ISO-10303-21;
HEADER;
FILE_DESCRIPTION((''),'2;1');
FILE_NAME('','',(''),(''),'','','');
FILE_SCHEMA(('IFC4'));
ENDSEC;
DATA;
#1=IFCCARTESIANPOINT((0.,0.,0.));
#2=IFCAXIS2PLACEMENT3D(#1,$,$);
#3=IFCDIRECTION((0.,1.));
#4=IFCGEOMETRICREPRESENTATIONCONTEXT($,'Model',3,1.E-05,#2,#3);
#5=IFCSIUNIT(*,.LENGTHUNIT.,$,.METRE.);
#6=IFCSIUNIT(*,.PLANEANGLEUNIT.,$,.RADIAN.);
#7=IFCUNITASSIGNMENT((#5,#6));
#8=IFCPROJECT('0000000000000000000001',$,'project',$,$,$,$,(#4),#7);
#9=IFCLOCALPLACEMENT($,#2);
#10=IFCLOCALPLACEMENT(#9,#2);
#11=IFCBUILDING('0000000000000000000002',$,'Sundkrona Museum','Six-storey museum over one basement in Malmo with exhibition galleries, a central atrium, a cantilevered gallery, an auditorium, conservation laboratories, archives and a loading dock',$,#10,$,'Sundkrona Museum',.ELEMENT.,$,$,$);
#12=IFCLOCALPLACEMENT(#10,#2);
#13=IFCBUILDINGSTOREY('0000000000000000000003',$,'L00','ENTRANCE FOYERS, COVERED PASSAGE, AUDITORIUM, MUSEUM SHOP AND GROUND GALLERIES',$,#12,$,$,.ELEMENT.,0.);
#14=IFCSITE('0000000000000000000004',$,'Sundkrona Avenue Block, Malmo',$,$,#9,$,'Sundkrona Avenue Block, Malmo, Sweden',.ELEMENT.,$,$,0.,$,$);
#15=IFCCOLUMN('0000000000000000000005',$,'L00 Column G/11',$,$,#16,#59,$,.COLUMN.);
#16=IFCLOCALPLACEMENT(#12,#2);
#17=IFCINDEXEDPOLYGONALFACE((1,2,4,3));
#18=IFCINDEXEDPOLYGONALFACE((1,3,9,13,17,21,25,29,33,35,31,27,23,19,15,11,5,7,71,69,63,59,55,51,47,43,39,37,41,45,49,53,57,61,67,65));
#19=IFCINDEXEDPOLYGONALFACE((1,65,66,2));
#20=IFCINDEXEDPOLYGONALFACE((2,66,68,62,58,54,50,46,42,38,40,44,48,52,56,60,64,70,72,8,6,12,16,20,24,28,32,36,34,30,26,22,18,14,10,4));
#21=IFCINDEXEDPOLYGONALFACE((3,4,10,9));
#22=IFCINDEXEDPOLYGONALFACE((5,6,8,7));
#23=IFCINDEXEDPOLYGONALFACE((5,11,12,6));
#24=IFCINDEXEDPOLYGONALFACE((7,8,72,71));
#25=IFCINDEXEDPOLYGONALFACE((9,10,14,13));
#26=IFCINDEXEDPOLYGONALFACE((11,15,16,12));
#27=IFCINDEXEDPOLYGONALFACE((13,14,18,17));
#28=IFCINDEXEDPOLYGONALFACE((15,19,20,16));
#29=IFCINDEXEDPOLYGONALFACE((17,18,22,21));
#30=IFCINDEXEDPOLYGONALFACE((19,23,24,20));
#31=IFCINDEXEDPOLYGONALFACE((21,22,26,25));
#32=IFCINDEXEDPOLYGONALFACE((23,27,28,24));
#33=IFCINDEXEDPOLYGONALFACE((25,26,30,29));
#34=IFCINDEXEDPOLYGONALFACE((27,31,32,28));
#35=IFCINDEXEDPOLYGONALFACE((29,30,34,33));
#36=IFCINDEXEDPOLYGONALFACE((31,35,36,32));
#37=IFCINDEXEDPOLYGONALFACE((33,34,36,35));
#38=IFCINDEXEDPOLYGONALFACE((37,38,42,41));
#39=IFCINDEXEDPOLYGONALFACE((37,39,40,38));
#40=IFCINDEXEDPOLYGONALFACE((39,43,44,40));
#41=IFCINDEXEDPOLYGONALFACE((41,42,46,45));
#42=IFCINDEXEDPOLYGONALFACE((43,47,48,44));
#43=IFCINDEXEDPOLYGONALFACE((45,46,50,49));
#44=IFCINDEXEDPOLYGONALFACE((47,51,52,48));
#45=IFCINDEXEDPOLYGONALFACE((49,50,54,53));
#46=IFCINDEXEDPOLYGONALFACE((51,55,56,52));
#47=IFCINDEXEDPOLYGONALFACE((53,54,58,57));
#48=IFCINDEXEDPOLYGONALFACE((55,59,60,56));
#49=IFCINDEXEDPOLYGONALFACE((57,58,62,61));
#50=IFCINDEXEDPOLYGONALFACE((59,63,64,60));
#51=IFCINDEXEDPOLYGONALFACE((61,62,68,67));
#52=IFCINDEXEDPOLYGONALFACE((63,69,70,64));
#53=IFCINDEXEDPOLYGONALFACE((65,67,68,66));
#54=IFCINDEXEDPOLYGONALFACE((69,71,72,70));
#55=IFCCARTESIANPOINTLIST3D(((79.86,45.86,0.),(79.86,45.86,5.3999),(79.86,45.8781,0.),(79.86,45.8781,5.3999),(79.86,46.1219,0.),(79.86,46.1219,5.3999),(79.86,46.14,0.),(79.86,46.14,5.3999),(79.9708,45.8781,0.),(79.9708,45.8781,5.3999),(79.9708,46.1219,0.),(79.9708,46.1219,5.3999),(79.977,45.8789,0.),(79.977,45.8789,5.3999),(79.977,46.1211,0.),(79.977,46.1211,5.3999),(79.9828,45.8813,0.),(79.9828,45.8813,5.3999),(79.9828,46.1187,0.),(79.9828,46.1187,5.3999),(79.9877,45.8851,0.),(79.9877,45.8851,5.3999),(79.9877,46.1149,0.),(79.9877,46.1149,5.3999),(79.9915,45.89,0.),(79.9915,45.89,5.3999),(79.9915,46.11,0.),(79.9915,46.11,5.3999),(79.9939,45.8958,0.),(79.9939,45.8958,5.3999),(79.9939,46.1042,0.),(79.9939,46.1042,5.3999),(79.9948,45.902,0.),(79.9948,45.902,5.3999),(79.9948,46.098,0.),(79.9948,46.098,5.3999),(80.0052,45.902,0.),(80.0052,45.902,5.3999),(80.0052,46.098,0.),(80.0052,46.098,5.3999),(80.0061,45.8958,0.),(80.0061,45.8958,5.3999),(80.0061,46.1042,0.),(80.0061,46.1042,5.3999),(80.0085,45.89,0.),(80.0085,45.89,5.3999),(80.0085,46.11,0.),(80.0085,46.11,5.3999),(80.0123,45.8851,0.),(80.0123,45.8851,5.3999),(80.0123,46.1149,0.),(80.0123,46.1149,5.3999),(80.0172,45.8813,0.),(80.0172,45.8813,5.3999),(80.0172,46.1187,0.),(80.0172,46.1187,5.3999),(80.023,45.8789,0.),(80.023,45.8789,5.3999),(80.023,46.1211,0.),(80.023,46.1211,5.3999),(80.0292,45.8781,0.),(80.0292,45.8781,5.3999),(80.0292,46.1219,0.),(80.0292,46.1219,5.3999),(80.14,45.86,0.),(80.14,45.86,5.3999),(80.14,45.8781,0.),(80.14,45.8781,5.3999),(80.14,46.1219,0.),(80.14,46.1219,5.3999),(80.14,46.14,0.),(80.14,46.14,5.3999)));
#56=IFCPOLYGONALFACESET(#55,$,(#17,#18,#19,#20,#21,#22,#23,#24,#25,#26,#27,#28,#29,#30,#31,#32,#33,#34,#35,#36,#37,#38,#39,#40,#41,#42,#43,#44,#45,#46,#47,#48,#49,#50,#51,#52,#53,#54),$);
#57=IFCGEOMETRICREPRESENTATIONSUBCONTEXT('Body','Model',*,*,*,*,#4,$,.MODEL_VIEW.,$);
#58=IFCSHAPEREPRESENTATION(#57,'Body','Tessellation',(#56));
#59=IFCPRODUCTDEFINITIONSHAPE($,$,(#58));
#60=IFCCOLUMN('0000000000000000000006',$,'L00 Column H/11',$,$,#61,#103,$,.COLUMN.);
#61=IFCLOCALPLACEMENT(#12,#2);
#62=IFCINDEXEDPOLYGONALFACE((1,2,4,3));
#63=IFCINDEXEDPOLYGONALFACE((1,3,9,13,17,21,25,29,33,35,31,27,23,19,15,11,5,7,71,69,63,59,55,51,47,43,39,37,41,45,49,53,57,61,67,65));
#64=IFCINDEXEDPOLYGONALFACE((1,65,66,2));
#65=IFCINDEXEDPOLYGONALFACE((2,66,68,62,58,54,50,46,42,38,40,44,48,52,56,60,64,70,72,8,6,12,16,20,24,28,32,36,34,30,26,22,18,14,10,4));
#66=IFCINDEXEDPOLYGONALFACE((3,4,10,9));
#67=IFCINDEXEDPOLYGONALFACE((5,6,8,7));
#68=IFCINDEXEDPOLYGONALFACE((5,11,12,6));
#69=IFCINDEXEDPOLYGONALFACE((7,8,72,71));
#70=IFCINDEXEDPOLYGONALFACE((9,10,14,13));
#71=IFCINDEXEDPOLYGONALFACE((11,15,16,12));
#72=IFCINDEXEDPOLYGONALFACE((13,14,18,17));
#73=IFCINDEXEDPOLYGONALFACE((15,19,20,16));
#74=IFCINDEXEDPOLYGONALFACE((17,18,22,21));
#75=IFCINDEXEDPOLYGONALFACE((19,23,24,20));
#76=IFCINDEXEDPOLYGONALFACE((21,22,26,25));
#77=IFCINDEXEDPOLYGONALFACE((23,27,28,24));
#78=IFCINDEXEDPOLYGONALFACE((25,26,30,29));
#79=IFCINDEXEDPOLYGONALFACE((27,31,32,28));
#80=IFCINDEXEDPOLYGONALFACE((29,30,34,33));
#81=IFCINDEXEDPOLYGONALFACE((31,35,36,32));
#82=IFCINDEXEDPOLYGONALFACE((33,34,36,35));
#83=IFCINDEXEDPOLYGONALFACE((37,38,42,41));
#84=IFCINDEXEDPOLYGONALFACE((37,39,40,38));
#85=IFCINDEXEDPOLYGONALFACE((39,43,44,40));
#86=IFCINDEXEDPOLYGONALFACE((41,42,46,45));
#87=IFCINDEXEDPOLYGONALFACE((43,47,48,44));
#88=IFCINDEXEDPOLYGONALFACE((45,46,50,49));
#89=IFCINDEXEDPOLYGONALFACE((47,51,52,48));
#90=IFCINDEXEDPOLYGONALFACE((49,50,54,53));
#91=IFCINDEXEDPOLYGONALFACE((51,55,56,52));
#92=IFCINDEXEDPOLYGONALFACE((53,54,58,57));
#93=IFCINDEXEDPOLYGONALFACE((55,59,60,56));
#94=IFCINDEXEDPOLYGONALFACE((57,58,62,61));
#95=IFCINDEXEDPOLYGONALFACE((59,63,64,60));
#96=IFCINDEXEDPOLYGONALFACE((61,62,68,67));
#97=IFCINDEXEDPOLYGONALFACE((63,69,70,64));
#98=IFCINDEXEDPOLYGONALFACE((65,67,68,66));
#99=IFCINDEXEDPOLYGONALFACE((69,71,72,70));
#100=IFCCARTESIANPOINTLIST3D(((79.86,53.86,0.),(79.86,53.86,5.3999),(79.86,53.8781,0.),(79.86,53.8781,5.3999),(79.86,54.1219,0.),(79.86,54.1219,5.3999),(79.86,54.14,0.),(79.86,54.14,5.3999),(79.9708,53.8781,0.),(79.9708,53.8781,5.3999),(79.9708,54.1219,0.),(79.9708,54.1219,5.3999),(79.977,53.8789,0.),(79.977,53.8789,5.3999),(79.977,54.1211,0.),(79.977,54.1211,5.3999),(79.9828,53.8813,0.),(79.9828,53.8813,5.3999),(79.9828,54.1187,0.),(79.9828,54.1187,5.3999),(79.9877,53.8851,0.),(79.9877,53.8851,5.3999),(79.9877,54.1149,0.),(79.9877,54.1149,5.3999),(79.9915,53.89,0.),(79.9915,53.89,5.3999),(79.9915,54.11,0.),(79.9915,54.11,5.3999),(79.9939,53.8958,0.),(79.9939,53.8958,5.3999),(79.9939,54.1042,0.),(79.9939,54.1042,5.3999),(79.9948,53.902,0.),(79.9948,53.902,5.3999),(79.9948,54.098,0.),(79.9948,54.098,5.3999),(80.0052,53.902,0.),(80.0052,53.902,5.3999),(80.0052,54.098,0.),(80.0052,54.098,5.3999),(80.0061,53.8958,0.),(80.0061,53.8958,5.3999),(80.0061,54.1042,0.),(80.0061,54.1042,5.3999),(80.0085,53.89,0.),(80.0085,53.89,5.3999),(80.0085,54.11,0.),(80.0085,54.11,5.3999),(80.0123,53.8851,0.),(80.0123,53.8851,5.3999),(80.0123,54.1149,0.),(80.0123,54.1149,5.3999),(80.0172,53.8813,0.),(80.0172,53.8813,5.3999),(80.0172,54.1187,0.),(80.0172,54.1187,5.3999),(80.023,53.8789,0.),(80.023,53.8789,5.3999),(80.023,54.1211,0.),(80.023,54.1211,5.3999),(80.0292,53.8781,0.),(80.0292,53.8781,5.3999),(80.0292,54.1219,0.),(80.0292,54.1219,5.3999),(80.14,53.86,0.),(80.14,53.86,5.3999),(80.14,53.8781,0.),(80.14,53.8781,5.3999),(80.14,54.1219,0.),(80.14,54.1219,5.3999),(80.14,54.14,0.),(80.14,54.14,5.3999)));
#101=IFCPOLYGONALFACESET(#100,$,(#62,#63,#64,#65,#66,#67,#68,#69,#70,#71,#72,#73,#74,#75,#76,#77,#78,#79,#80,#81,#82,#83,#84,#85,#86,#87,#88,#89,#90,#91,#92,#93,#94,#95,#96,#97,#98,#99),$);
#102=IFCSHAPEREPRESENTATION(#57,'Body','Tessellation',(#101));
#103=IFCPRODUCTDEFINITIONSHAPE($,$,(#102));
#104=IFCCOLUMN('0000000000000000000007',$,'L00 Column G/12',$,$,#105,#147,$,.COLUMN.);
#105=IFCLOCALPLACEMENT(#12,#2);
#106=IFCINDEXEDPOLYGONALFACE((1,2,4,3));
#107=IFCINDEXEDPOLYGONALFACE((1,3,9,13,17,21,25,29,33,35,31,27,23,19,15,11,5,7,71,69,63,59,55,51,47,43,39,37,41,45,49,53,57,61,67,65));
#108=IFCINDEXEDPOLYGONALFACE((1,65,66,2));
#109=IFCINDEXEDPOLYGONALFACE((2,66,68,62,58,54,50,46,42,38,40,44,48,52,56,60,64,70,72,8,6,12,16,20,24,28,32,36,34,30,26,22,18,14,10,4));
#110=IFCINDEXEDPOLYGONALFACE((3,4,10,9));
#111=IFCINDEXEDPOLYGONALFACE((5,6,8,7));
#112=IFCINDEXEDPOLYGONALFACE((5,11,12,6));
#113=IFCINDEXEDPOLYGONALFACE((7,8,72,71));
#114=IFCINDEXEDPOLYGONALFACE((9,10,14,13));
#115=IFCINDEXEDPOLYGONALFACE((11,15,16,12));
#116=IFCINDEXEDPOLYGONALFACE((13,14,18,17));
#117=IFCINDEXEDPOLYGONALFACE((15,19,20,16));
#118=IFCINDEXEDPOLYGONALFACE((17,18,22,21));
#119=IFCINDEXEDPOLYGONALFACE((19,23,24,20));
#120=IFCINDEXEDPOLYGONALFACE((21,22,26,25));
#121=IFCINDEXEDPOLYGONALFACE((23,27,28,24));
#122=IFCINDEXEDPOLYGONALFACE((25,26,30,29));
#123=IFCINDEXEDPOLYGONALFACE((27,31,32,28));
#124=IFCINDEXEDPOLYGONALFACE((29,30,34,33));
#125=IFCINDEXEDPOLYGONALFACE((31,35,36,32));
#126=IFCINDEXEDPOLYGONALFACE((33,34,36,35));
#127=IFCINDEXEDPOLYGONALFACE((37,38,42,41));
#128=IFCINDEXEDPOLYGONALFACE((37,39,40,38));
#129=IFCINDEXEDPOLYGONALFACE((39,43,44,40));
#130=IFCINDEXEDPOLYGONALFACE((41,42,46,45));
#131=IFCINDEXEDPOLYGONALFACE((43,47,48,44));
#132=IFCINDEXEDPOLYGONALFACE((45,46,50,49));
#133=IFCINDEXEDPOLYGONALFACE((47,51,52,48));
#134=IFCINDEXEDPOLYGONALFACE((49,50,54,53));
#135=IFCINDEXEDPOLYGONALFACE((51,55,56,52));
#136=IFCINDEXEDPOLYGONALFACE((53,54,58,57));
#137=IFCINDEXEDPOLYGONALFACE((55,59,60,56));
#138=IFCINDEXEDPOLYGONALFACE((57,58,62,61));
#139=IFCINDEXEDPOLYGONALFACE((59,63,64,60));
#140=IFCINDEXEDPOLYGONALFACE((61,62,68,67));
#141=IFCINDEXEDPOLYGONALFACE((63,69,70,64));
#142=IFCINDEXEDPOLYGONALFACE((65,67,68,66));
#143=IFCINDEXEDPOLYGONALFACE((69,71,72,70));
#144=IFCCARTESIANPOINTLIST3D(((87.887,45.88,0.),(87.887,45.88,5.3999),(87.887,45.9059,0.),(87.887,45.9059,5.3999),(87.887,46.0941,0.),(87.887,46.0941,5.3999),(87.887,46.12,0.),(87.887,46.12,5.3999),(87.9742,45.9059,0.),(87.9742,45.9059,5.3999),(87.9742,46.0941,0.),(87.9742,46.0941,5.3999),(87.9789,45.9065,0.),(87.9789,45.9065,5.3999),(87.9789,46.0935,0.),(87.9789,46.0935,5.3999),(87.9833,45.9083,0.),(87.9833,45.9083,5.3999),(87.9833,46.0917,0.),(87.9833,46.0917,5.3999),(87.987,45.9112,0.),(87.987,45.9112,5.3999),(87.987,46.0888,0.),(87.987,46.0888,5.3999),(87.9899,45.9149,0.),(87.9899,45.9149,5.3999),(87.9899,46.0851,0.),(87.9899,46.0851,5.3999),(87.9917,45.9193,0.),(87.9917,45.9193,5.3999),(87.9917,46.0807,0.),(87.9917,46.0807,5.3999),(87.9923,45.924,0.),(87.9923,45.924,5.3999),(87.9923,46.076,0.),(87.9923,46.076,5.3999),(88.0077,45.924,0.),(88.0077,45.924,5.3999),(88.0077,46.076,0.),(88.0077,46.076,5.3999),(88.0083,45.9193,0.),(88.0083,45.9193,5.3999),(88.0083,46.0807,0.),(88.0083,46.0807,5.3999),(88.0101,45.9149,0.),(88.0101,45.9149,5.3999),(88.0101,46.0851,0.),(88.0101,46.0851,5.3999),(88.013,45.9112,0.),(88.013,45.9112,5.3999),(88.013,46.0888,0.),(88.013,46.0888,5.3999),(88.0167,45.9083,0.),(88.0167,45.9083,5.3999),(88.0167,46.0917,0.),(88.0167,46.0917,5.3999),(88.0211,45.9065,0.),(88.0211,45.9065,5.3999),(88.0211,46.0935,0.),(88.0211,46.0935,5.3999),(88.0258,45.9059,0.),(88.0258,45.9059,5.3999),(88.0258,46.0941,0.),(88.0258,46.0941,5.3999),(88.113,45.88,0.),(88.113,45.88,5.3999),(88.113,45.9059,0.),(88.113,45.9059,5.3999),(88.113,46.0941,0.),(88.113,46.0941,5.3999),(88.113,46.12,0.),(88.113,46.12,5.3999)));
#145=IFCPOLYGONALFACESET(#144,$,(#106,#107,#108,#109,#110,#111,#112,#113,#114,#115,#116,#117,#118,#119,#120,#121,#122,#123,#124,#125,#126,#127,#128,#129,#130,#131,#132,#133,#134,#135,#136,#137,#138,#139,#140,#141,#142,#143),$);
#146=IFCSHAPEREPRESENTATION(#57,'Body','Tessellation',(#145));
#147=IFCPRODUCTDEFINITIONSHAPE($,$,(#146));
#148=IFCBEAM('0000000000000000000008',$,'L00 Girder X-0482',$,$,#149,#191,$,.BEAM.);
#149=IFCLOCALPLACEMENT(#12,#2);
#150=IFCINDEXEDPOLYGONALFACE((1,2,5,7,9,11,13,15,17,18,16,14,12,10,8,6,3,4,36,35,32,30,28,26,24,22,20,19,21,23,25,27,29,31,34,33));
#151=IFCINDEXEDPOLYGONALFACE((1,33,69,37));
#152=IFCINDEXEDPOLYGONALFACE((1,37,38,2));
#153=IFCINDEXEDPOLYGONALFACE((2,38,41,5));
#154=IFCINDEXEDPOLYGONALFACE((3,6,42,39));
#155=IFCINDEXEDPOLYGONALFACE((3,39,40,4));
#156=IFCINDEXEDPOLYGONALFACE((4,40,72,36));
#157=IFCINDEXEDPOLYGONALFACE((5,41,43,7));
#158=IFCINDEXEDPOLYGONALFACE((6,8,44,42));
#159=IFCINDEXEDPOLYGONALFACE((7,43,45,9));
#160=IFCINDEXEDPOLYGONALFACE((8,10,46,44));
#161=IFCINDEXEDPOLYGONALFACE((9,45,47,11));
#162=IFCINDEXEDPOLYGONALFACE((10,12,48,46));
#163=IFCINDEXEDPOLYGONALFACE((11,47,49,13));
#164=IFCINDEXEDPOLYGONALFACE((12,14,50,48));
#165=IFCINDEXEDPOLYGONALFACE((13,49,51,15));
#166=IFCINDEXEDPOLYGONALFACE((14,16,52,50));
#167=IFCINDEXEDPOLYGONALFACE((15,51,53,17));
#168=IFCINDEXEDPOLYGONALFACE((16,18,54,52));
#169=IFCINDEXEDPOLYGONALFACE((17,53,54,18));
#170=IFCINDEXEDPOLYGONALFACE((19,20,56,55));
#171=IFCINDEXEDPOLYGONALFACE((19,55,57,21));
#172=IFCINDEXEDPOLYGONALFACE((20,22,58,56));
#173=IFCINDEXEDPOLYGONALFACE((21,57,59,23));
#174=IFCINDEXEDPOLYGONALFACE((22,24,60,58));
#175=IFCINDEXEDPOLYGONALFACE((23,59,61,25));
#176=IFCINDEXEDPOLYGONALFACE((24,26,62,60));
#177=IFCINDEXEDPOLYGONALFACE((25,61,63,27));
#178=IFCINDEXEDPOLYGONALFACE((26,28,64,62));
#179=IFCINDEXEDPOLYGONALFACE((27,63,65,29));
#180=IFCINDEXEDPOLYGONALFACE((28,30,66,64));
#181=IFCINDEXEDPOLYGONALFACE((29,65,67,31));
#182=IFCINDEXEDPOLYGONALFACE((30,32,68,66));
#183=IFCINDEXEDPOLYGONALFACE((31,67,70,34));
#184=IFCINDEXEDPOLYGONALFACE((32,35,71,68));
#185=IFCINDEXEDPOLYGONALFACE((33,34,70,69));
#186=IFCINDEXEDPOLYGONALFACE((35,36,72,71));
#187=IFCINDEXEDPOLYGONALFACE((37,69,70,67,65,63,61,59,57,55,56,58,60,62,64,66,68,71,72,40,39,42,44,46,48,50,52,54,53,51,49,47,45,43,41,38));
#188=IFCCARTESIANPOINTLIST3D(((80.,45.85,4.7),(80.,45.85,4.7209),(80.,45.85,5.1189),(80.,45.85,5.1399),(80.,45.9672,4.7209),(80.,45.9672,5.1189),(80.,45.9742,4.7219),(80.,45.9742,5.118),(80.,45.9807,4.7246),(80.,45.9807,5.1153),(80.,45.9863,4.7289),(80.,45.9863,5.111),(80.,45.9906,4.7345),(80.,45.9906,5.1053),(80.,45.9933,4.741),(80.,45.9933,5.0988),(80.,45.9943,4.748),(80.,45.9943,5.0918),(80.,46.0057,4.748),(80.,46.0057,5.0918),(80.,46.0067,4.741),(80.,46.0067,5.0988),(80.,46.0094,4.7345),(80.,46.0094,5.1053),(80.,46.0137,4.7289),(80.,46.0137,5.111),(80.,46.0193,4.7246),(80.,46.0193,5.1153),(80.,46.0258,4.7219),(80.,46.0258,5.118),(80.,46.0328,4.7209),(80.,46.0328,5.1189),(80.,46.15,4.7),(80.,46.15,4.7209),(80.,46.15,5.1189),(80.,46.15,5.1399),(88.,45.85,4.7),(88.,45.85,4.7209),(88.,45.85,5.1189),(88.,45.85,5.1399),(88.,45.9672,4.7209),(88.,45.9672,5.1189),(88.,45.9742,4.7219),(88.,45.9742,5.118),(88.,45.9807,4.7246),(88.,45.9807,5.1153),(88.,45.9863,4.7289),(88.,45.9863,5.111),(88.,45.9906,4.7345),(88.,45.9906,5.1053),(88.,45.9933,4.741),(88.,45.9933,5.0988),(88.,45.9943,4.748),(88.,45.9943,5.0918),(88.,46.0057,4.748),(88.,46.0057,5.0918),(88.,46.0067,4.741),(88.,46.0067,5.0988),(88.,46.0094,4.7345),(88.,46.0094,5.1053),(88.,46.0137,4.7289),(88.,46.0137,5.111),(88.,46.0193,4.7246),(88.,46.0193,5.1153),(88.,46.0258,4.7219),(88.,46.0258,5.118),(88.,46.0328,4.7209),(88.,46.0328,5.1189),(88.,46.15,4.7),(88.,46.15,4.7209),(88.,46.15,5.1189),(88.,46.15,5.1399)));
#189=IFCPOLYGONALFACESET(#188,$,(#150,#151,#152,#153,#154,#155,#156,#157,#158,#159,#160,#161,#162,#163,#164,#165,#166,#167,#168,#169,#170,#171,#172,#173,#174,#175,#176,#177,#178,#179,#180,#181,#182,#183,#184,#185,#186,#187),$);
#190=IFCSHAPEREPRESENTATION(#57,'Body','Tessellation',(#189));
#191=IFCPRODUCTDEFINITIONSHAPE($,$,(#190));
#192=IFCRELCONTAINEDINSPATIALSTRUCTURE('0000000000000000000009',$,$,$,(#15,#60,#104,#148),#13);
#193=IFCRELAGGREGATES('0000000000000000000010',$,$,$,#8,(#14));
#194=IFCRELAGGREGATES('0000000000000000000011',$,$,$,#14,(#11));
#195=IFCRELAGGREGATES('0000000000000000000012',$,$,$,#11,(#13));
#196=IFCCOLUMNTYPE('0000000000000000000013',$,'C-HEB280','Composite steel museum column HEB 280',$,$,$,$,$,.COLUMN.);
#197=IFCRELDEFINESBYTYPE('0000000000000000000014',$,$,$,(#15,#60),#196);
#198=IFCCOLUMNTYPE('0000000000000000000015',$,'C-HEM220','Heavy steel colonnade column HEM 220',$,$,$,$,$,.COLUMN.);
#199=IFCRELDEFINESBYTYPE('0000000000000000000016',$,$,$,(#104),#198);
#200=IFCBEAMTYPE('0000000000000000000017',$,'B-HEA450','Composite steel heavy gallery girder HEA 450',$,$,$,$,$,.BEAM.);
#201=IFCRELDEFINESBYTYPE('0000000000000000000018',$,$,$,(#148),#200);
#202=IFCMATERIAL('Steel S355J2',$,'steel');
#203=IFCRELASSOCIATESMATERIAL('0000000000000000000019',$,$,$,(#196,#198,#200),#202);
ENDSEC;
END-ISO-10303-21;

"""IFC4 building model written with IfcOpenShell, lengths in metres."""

from ifc_helpers import new_model, si_unit, direction, frame, origin, origin_2d, place, context, subcontext, project, spatial, i_section, extrude, material, material_profile, profile_set, type_object, element, save


model = new_model("IFC4")

# Units and contexts
model_context = context("Model", 3, precision=1e-05, world=origin(), true_north=direction((0.0, 1.0)))
body_context = subcontext(model_context, "Body", "Model", "MODEL_VIEW")
ifc_project = project(units=[si_unit("LENGTHUNIT", "METRE"), si_unit("PLANEANGLEUNIT", "RADIAN")], contexts=[model_context])

# Site, building, storey
site_placement = place(None, origin())
site = spatial("IfcSite", under=ifc_project, at=site_placement, Name="Sundkrona Avenue Block, Malmo", LongName="Sundkrona Avenue Block, Malmo, Sweden", CompositionType="ELEMENT", RefElevation=0.0)
building_placement = place(site_placement, origin())
building = spatial("IfcBuilding", under=site, at=building_placement, Name="Sundkrona Museum", Description="Six-storey museum over one basement in Malmo with exhibition galleries, a central atrium, a cantilevered gallery, an auditorium, conservation laboratories, archives and a loading dock", LongName="Sundkrona Museum", CompositionType="ELEMENT")
storey_placement = place(building_placement, origin())
storey = spatial("IfcBuildingStorey", under=building, at=storey_placement, Name="L00", Description="ENTRANCE FOYERS, COVERED PASSAGE, AUDITORIUM, MUSEUM SHOP AND GROUND GALLERIES", CompositionType="ELEMENT", Elevation=0.0)

# Columns
ifc_material_1 = material(Name="Steel S355J2", Category="steel")
ifc_material_profile_1 = material_profile(ifc_material_1, i_section(OverallWidth=0.28, OverallDepth=0.28, WebThickness=0.0105, FlangeThickness=0.0181, FilletRadius=0.0239, at=origin_2d()), Name="HEB 280")
ifc_profile_set_1 = profile_set([ifc_material_profile_1], Name="Steel S355J2")
column_type_1 = type_object("IfcColumnType", Name="C-HEB280", Description="Composite steel museum column HEB 280", PredefinedType="COLUMN", material=ifc_profile_set_1)
for number, where, z_axis, x_axis, name in (
    (1, (80.0, 46.0, 0.0), (0.0, 0.0, 1.0), (1.0, 0.0, 0.0), "L00 Column G/11"),
    (2, (80.0, 54.0, 0.0), (0.0, 0.0, 1.0), (1.0, 0.0, 0.0), "L00 Column H/11"),
):
    element("IfcColumn", number, at=place(storey_placement, frame(where, z_axis=z_axis, x_axis=x_axis)), inside=storey, type_object=column_type_1, Name=name, PredefinedType="COLUMN", context=body_context, shape_type="SweptSolid", body=[
        extrude(i_section(OverallWidth=0.28, OverallDepth=0.28, WebThickness=0.0105, FlangeThickness=0.0181, FilletRadius=0.0239, at=origin_2d()), origin(), (0.0, 0.0, 1.0), 5.3999),
    ])
ifc_material_profile_2 = material_profile(ifc_material_1, i_section(OverallWidth=0.2261, OverallDepth=0.24, WebThickness=0.0154, FlangeThickness=0.0259, FilletRadius=0.0181, at=origin_2d()), Name="HEM 220")
ifc_profile_set_2 = profile_set([ifc_material_profile_2], Name="Steel S355J2")
column_type_2 = type_object("IfcColumnType", Name="C-HEM220", Description="Heavy steel colonnade column HEM 220", PredefinedType="COLUMN", material=ifc_profile_set_2)
column_placement = place(storey_placement, frame((88.0, 46.0, 0.0), z_axis=(0.0, 0.0, 1.0), x_axis=(1.0, 0.0, 0.0)))
element("IfcColumn", 3, at=column_placement, inside=storey, type_object=column_type_2, Name="L00 Column G/12", PredefinedType="COLUMN", context=body_context, shape_type="SweptSolid", body=[
    extrude(i_section(OverallWidth=0.2261, OverallDepth=0.24, WebThickness=0.0154, FlangeThickness=0.0259, FilletRadius=0.0181, at=origin_2d()), origin(), (0.0, 0.0, 1.0), 5.3999),
])

# Beam
ifc_material_profile_3 = material_profile(ifc_material_1, i_section(OverallWidth=0.3, OverallDepth=0.4399, WebThickness=0.0115, FlangeThickness=0.021, FilletRadius=0.0271, at=origin_2d()), Name="HEA 450")
ifc_profile_set_3 = profile_set([ifc_material_profile_3], Name="Steel S355J2")
beam_type_1 = type_object("IfcBeamType", Name="B-HEA450", Description="Composite steel heavy gallery girder HEA 450", PredefinedType="BEAM", material=ifc_profile_set_3)
for number, where, z_axis, x_axis, name in (
    (4, (80.0, 46.0, 4.9199), (1.0, 0.0, 0.0), (0.0, 1.0, 0.0), "L00 Girder X-0482"),
):
    element("IfcBeam", number, at=place(storey_placement, frame(where, z_axis=z_axis, x_axis=x_axis)), inside=storey, type_object=beam_type_1, Name=name, PredefinedType="BEAM", context=body_context, shape_type="SweptSolid", body=[
        extrude(i_section(OverallWidth=0.3, OverallDepth=0.4399, WebThickness=0.0115, FlangeThickness=0.021, FilletRadius=0.0271, at=origin_2d()), origin(), (0.0, 0.0, 1.0), 8.0),
    ])

save(model, "model.ifc")
